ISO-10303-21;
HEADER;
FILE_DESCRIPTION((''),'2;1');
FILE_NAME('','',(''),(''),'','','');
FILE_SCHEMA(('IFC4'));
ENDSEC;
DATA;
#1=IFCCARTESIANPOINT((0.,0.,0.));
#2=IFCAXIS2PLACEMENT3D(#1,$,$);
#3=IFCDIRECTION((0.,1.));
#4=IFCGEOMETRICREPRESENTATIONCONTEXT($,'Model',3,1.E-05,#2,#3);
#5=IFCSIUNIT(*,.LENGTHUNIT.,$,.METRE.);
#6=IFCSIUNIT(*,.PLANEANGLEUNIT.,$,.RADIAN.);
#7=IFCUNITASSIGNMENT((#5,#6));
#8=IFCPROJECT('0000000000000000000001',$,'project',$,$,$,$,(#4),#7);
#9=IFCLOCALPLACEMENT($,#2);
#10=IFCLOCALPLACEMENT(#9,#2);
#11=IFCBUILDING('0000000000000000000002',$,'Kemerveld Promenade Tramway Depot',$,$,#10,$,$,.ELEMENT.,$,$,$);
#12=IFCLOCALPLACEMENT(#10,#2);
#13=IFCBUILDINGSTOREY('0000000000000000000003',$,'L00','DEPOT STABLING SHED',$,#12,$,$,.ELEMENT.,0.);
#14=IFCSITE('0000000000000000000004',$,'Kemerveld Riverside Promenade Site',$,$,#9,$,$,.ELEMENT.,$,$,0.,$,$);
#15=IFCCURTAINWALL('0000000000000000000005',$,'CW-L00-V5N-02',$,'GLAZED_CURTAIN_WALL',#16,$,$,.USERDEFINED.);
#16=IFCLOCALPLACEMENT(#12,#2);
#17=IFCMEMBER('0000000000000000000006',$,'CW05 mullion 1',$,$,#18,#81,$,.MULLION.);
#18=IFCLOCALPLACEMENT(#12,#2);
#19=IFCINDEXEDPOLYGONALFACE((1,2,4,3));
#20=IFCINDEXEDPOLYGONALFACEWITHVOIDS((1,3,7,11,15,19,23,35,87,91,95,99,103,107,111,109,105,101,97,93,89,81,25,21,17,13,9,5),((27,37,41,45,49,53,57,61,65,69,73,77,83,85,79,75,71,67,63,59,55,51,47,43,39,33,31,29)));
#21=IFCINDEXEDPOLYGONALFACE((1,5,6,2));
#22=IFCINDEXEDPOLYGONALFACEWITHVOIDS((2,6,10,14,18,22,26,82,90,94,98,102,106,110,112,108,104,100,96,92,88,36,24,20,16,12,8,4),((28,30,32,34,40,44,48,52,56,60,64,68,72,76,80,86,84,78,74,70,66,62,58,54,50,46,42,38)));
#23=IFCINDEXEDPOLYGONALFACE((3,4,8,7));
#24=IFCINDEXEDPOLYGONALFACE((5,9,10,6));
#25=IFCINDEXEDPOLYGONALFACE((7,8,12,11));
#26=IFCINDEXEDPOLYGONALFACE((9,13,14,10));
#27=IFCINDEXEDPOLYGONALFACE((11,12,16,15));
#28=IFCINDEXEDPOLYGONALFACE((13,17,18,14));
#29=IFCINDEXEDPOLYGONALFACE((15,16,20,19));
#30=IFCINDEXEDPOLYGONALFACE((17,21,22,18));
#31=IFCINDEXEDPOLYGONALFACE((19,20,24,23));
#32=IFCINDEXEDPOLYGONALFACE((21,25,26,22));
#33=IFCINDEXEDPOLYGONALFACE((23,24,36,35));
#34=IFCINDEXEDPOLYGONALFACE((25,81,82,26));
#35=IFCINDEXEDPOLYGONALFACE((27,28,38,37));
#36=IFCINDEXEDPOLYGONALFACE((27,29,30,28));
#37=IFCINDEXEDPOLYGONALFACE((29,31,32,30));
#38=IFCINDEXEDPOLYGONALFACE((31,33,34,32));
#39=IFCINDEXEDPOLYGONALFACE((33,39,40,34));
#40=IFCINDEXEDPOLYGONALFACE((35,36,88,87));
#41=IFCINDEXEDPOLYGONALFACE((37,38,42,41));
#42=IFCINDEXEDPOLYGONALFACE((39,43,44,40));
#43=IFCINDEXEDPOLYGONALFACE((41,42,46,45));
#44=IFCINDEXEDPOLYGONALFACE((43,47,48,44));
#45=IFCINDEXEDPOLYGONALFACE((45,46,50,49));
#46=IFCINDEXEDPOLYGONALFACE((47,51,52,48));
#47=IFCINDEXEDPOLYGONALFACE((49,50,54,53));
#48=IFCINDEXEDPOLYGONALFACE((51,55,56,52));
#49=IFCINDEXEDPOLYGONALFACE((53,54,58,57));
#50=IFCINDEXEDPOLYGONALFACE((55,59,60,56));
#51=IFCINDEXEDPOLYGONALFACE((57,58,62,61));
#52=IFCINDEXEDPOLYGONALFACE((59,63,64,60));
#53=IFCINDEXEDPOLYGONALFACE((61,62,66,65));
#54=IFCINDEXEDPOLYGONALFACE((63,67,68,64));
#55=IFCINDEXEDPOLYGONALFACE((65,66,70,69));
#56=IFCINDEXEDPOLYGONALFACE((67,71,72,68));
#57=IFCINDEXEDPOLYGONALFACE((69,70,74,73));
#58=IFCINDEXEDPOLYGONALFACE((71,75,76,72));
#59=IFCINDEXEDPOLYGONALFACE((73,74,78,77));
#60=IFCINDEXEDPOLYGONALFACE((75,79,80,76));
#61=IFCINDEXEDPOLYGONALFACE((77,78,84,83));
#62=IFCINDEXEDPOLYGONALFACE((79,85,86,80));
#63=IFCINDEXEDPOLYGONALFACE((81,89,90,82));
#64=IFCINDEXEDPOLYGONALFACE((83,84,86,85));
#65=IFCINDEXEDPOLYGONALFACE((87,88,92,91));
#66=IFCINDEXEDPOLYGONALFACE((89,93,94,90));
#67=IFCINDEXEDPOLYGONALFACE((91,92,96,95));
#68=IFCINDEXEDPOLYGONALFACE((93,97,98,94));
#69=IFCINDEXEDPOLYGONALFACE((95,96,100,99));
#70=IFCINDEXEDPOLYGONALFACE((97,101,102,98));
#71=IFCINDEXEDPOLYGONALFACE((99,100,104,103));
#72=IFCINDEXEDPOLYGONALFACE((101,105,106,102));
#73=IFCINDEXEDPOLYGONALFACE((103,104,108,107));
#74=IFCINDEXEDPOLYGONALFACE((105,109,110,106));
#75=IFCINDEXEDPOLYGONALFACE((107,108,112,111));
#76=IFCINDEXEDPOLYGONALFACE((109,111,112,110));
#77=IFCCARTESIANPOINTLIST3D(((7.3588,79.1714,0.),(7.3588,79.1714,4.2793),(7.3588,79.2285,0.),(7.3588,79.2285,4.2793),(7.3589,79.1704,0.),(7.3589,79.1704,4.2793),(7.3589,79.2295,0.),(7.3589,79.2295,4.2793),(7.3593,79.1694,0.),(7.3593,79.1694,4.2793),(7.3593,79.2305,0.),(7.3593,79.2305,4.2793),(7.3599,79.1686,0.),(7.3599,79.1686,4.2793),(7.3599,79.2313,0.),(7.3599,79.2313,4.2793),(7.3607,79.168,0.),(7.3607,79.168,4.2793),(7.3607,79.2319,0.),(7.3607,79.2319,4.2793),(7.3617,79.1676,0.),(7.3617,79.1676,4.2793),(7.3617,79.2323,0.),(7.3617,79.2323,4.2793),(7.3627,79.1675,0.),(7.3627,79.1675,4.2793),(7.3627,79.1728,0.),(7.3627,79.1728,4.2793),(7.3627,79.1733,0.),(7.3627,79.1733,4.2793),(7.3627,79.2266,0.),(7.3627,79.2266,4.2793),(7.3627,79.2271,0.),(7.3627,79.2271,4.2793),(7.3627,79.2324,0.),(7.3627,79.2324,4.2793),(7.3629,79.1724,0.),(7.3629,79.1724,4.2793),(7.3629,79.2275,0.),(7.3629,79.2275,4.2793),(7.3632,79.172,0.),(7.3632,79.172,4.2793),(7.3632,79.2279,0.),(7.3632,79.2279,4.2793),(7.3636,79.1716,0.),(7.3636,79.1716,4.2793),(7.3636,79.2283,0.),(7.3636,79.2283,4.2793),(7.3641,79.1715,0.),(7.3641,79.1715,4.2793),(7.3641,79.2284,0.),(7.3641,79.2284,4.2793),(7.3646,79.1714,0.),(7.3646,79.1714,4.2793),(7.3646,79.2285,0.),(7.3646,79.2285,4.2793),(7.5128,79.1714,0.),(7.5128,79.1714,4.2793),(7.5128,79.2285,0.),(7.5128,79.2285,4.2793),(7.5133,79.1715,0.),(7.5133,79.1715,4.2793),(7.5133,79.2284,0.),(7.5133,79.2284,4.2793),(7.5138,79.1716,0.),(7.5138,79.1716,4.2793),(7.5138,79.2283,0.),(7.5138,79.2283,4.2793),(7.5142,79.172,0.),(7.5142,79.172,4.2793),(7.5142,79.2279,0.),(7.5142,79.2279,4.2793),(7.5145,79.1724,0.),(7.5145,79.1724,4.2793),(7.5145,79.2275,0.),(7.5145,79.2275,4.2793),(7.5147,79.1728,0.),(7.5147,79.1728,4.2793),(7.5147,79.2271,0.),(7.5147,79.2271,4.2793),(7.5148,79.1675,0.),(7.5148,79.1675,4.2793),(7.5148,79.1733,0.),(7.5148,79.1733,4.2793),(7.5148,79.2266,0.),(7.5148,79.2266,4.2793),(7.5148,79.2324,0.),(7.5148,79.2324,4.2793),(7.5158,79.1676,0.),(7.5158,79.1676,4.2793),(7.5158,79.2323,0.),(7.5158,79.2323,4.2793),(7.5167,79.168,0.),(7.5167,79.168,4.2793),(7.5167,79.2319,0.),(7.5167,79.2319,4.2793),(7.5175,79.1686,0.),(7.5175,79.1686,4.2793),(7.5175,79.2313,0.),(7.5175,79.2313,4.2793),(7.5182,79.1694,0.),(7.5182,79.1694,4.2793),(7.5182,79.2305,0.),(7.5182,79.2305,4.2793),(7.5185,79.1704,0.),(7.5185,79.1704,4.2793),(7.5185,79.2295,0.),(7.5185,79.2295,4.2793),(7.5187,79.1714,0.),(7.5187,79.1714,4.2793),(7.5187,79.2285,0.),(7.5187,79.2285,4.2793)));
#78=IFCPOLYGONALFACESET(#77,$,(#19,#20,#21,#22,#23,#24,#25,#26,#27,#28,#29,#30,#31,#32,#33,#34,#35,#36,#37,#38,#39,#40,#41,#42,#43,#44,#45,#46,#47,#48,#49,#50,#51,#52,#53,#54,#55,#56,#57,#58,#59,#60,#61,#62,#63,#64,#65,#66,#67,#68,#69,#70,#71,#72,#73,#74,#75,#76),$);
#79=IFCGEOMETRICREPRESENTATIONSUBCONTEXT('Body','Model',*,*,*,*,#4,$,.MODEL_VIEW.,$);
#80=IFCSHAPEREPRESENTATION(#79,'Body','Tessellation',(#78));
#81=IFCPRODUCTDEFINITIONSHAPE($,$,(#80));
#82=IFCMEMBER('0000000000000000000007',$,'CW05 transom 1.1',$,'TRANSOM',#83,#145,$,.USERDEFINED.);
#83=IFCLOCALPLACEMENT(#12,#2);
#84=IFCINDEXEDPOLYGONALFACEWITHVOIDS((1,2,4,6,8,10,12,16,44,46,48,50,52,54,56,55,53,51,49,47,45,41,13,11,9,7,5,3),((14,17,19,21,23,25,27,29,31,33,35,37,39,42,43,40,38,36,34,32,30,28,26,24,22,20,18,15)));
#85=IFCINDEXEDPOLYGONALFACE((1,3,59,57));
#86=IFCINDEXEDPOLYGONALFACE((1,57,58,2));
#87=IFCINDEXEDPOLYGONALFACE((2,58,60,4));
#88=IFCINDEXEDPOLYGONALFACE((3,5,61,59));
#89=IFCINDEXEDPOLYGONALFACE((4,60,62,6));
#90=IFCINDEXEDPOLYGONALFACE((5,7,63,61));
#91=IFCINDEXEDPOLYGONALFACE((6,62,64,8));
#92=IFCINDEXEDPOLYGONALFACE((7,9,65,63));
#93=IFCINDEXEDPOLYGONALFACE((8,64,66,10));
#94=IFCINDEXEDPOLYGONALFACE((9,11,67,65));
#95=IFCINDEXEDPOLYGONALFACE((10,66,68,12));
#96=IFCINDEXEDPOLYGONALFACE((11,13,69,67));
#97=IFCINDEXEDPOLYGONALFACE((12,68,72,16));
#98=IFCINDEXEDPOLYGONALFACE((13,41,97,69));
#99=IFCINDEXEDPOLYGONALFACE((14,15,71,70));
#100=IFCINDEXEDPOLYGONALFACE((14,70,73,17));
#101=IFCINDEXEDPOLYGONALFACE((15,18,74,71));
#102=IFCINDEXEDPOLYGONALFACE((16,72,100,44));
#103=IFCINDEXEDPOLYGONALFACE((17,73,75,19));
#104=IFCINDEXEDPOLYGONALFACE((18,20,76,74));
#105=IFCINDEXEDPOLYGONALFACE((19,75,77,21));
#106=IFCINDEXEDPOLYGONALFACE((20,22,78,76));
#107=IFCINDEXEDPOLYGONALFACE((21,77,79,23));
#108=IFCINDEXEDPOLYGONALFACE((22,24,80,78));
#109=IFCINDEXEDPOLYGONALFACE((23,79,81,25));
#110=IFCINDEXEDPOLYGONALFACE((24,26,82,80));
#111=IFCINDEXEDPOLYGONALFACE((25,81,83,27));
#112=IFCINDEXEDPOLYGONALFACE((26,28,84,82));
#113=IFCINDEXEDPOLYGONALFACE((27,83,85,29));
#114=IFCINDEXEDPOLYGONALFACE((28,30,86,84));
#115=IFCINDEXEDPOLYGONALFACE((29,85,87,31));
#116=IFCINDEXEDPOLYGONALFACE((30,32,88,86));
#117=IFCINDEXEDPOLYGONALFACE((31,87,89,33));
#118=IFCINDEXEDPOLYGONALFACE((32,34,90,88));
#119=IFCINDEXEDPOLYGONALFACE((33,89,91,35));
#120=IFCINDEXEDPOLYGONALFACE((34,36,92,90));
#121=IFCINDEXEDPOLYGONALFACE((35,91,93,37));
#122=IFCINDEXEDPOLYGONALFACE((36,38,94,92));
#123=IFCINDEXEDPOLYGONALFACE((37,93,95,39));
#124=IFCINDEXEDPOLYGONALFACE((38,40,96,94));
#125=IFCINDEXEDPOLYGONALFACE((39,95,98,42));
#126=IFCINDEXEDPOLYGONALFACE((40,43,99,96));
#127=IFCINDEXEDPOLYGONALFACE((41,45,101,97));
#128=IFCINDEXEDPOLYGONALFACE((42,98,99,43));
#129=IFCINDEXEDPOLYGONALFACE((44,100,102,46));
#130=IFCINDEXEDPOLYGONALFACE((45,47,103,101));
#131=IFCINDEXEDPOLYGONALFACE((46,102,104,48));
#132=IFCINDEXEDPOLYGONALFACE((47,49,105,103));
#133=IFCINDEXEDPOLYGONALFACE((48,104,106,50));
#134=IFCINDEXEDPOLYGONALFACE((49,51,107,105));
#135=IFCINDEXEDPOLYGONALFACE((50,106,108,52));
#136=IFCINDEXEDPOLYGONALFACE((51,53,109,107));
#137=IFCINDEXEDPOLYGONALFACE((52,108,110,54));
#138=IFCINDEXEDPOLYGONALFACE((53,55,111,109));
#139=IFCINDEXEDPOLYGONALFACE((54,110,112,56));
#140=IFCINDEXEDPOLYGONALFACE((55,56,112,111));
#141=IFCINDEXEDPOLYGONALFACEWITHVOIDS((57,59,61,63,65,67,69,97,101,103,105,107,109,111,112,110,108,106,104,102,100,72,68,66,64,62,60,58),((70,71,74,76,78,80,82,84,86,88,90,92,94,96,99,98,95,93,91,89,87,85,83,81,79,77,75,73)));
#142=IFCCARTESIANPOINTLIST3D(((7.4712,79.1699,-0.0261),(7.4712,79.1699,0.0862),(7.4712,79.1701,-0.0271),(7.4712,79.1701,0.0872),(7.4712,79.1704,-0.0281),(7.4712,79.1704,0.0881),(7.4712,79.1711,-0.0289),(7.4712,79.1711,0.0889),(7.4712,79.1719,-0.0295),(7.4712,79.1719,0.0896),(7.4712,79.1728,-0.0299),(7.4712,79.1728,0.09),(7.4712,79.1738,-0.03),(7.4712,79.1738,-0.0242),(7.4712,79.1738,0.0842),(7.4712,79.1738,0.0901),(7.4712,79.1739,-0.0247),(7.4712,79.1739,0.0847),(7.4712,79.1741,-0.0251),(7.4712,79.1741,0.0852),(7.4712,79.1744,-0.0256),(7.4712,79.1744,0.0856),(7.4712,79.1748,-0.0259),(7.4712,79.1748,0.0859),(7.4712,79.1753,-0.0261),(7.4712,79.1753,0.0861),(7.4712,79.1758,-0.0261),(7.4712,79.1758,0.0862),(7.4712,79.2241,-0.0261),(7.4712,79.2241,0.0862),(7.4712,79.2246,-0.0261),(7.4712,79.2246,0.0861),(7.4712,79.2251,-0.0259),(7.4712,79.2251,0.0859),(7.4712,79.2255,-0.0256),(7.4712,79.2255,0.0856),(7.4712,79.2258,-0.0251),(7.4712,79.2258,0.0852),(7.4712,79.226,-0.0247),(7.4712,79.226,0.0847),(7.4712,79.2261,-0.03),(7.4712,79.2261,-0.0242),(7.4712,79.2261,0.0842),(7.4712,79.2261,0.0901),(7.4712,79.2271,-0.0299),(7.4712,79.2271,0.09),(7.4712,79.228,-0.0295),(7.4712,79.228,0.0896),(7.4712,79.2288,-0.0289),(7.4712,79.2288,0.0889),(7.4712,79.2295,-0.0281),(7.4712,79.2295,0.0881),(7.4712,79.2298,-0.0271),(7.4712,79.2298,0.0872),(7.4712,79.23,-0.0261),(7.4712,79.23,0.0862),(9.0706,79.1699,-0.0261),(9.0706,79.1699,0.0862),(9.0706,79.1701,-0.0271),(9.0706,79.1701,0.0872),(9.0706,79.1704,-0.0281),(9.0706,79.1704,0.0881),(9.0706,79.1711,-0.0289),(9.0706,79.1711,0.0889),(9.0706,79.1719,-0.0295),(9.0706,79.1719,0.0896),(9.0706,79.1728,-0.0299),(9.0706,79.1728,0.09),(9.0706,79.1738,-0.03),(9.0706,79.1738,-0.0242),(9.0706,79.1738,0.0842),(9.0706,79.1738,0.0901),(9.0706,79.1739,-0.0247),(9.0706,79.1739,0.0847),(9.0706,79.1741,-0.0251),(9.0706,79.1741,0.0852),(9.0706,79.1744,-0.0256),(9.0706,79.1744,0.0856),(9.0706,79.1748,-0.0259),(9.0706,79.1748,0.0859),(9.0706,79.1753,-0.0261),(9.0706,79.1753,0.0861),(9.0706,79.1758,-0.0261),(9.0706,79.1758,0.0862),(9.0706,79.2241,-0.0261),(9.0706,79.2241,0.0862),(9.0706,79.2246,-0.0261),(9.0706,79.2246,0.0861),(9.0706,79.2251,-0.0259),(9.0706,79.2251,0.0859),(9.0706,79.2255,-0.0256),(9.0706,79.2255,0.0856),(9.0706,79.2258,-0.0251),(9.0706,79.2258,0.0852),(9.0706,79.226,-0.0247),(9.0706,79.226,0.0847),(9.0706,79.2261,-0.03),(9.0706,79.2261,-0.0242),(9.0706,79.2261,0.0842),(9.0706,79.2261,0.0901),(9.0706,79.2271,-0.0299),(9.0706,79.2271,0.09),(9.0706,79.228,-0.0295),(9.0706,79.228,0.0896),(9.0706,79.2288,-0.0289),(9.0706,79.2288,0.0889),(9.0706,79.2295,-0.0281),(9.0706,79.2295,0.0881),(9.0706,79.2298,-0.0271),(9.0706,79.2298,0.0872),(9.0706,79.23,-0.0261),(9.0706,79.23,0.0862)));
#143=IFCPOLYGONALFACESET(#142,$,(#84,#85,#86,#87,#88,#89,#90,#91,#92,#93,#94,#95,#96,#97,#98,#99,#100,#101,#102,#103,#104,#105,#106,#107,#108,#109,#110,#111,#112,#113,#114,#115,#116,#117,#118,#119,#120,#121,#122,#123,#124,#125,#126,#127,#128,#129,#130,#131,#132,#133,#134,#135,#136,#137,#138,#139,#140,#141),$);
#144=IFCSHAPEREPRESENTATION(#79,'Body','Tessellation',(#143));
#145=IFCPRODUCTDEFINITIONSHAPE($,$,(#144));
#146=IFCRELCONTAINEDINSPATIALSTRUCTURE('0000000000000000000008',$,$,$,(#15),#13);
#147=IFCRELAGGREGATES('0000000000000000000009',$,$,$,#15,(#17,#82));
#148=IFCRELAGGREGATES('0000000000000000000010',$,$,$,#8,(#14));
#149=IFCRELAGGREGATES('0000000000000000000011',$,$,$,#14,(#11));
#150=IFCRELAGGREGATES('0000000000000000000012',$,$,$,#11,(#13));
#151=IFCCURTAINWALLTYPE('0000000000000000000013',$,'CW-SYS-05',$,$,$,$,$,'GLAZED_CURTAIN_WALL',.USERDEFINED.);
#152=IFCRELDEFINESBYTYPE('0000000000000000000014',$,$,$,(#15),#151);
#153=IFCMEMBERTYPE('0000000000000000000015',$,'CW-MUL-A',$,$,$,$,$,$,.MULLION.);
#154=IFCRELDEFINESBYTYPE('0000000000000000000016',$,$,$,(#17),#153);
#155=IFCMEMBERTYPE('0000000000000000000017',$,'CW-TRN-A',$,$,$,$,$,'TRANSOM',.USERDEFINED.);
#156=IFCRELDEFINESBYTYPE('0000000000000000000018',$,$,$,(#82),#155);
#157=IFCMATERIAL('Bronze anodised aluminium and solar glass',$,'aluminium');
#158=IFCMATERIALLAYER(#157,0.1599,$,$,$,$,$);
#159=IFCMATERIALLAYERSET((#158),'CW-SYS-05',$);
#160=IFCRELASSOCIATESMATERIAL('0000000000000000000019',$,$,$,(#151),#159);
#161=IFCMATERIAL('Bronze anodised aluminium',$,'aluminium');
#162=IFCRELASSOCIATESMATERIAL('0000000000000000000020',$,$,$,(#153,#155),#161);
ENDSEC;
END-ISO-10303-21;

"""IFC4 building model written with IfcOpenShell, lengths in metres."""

from ifc_helpers import new_model, si_unit, direction, frame, origin, origin_2d, place, context, subcontext, project, spatial, hollow_rectangle, extrude, material, layer, layer_set, material_profile, profile_set, type_object, element, aggregate, save


model = new_model("IFC4")

# Units and contexts
model_context = context("Model", 3, precision=1e-05, world=origin(), true_north=direction((0.0, 1.0)))
body_context = subcontext(model_context, "Body", "Model", "MODEL_VIEW")
ifc_project = project(units=[si_unit("LENGTHUNIT", "METRE"), si_unit("PLANEANGLEUNIT", "RADIAN")], contexts=[model_context])

# Site, building, storey
site_placement = place(None, origin())
site = spatial("IfcSite", under=ifc_project, at=site_placement, Name="Kemerveld Riverside Promenade Site", CompositionType="ELEMENT", RefElevation=0.0)
building_placement = place(site_placement, origin())
building = spatial("IfcBuilding", under=site, at=building_placement, Name="Kemerveld Promenade Tramway Depot", CompositionType="ELEMENT")
storey_placement = place(building_placement, origin())
storey = spatial("IfcBuildingStorey", under=building, at=storey_placement, Name="L00", Description="DEPOT STABLING SHED", CompositionType="ELEMENT", Elevation=0.0)

# Curtain wall, members
ifc_material_1 = material(Name="Bronze anodised aluminium and solar glass", Category="aluminium")
ifc_layer_1 = layer(ifc_material_1, 0.1599)
ifc_layer_set_1 = layer_set([ifc_layer_1], Name="CW-SYS-05")
curtain_wall_type = type_object("IfcCurtainWallType", Name="CW-SYS-05", ElementType="GLAZED_CURTAIN_WALL", PredefinedType="USERDEFINED", material=ifc_layer_set_1)
curtain_wall_placement = place(storey_placement, origin())
curtain_wall = element("IfcCurtainWall", 1, at=curtain_wall_placement, inside=storey, type_object=curtain_wall_type, Name="CW-L00-V5N-02", ObjectType="GLAZED_CURTAIN_WALL", PredefinedType="USERDEFINED")
ifc_material_2 = material(Name="Bronze anodised aluminium", Category="aluminium")
ifc_material_profile_1 = material_profile(ifc_material_2, hollow_rectangle(XDim=0.0649, YDim=0.1599, WallThickness=0.0039, InnerFilletRadius=0.002, OuterFilletRadius=0.0039, at=origin_2d()), Name="CW-MUL-160x65")
ifc_profile_set_1 = profile_set([ifc_material_profile_1], Name="Bronze anodised aluminium")
member_type_1 = type_object("IfcMemberType", Name="CW-MUL-A", PredefinedType="MULLION", material=ifc_profile_set_1)
member_1_placement = place(storey_placement, frame((7.4387, 79.2, 0.0), z_axis=(0.0, 0.0, 1.0), x_axis=(0.0, 1.0, 0.0)))
member_1 = element("IfcMember", 2, at=member_1_placement, type_object=member_type_1, Name="CW05 mullion 1", PredefinedType="MULLION", context=body_context, shape_type="SweptSolid", body=[
    extrude(hollow_rectangle(XDim=0.0649, YDim=0.1599, WallThickness=0.0039, InnerFilletRadius=0.002, OuterFilletRadius=0.0039, at=origin_2d()), origin(), (0.0, 0.0, 1.0), 4.2793),
])
ifc_material_profile_2 = material_profile(ifc_material_2, hollow_rectangle(XDim=0.0601, YDim=0.1201, WallThickness=0.0039, InnerFilletRadius=0.002, OuterFilletRadius=0.0039, at=origin_2d()), Name="CW-TRN-120x60")
ifc_profile_set_2 = profile_set([ifc_material_profile_2], Name="Bronze anodised aluminium")
member_type_2 = type_object("IfcMemberType", Name="CW-TRN-A", ElementType="TRANSOM", PredefinedType="USERDEFINED", material=ifc_profile_set_2)
member_2_placement = place(storey_placement, frame((7.4712, 79.2, 0.03), z_axis=(1.0, 0.0, 0.0), x_axis=(0.0, 1.0, 0.0)))
member_2 = element("IfcMember", 3, at=member_2_placement, type_object=member_type_2, Name="CW05 transom 1.1", ObjectType="TRANSOM", PredefinedType="USERDEFINED", context=body_context, shape_type="SweptSolid", body=[
    extrude(hollow_rectangle(XDim=0.0601, YDim=0.1201, WallThickness=0.0039, InnerFilletRadius=0.002, OuterFilletRadius=0.0039, at=origin_2d()), origin(), (0.0, 0.0, 1.0), 1.5994),
])
aggregate(curtain_wall, [member_1, member_2])

save(model, "model.ifc")
